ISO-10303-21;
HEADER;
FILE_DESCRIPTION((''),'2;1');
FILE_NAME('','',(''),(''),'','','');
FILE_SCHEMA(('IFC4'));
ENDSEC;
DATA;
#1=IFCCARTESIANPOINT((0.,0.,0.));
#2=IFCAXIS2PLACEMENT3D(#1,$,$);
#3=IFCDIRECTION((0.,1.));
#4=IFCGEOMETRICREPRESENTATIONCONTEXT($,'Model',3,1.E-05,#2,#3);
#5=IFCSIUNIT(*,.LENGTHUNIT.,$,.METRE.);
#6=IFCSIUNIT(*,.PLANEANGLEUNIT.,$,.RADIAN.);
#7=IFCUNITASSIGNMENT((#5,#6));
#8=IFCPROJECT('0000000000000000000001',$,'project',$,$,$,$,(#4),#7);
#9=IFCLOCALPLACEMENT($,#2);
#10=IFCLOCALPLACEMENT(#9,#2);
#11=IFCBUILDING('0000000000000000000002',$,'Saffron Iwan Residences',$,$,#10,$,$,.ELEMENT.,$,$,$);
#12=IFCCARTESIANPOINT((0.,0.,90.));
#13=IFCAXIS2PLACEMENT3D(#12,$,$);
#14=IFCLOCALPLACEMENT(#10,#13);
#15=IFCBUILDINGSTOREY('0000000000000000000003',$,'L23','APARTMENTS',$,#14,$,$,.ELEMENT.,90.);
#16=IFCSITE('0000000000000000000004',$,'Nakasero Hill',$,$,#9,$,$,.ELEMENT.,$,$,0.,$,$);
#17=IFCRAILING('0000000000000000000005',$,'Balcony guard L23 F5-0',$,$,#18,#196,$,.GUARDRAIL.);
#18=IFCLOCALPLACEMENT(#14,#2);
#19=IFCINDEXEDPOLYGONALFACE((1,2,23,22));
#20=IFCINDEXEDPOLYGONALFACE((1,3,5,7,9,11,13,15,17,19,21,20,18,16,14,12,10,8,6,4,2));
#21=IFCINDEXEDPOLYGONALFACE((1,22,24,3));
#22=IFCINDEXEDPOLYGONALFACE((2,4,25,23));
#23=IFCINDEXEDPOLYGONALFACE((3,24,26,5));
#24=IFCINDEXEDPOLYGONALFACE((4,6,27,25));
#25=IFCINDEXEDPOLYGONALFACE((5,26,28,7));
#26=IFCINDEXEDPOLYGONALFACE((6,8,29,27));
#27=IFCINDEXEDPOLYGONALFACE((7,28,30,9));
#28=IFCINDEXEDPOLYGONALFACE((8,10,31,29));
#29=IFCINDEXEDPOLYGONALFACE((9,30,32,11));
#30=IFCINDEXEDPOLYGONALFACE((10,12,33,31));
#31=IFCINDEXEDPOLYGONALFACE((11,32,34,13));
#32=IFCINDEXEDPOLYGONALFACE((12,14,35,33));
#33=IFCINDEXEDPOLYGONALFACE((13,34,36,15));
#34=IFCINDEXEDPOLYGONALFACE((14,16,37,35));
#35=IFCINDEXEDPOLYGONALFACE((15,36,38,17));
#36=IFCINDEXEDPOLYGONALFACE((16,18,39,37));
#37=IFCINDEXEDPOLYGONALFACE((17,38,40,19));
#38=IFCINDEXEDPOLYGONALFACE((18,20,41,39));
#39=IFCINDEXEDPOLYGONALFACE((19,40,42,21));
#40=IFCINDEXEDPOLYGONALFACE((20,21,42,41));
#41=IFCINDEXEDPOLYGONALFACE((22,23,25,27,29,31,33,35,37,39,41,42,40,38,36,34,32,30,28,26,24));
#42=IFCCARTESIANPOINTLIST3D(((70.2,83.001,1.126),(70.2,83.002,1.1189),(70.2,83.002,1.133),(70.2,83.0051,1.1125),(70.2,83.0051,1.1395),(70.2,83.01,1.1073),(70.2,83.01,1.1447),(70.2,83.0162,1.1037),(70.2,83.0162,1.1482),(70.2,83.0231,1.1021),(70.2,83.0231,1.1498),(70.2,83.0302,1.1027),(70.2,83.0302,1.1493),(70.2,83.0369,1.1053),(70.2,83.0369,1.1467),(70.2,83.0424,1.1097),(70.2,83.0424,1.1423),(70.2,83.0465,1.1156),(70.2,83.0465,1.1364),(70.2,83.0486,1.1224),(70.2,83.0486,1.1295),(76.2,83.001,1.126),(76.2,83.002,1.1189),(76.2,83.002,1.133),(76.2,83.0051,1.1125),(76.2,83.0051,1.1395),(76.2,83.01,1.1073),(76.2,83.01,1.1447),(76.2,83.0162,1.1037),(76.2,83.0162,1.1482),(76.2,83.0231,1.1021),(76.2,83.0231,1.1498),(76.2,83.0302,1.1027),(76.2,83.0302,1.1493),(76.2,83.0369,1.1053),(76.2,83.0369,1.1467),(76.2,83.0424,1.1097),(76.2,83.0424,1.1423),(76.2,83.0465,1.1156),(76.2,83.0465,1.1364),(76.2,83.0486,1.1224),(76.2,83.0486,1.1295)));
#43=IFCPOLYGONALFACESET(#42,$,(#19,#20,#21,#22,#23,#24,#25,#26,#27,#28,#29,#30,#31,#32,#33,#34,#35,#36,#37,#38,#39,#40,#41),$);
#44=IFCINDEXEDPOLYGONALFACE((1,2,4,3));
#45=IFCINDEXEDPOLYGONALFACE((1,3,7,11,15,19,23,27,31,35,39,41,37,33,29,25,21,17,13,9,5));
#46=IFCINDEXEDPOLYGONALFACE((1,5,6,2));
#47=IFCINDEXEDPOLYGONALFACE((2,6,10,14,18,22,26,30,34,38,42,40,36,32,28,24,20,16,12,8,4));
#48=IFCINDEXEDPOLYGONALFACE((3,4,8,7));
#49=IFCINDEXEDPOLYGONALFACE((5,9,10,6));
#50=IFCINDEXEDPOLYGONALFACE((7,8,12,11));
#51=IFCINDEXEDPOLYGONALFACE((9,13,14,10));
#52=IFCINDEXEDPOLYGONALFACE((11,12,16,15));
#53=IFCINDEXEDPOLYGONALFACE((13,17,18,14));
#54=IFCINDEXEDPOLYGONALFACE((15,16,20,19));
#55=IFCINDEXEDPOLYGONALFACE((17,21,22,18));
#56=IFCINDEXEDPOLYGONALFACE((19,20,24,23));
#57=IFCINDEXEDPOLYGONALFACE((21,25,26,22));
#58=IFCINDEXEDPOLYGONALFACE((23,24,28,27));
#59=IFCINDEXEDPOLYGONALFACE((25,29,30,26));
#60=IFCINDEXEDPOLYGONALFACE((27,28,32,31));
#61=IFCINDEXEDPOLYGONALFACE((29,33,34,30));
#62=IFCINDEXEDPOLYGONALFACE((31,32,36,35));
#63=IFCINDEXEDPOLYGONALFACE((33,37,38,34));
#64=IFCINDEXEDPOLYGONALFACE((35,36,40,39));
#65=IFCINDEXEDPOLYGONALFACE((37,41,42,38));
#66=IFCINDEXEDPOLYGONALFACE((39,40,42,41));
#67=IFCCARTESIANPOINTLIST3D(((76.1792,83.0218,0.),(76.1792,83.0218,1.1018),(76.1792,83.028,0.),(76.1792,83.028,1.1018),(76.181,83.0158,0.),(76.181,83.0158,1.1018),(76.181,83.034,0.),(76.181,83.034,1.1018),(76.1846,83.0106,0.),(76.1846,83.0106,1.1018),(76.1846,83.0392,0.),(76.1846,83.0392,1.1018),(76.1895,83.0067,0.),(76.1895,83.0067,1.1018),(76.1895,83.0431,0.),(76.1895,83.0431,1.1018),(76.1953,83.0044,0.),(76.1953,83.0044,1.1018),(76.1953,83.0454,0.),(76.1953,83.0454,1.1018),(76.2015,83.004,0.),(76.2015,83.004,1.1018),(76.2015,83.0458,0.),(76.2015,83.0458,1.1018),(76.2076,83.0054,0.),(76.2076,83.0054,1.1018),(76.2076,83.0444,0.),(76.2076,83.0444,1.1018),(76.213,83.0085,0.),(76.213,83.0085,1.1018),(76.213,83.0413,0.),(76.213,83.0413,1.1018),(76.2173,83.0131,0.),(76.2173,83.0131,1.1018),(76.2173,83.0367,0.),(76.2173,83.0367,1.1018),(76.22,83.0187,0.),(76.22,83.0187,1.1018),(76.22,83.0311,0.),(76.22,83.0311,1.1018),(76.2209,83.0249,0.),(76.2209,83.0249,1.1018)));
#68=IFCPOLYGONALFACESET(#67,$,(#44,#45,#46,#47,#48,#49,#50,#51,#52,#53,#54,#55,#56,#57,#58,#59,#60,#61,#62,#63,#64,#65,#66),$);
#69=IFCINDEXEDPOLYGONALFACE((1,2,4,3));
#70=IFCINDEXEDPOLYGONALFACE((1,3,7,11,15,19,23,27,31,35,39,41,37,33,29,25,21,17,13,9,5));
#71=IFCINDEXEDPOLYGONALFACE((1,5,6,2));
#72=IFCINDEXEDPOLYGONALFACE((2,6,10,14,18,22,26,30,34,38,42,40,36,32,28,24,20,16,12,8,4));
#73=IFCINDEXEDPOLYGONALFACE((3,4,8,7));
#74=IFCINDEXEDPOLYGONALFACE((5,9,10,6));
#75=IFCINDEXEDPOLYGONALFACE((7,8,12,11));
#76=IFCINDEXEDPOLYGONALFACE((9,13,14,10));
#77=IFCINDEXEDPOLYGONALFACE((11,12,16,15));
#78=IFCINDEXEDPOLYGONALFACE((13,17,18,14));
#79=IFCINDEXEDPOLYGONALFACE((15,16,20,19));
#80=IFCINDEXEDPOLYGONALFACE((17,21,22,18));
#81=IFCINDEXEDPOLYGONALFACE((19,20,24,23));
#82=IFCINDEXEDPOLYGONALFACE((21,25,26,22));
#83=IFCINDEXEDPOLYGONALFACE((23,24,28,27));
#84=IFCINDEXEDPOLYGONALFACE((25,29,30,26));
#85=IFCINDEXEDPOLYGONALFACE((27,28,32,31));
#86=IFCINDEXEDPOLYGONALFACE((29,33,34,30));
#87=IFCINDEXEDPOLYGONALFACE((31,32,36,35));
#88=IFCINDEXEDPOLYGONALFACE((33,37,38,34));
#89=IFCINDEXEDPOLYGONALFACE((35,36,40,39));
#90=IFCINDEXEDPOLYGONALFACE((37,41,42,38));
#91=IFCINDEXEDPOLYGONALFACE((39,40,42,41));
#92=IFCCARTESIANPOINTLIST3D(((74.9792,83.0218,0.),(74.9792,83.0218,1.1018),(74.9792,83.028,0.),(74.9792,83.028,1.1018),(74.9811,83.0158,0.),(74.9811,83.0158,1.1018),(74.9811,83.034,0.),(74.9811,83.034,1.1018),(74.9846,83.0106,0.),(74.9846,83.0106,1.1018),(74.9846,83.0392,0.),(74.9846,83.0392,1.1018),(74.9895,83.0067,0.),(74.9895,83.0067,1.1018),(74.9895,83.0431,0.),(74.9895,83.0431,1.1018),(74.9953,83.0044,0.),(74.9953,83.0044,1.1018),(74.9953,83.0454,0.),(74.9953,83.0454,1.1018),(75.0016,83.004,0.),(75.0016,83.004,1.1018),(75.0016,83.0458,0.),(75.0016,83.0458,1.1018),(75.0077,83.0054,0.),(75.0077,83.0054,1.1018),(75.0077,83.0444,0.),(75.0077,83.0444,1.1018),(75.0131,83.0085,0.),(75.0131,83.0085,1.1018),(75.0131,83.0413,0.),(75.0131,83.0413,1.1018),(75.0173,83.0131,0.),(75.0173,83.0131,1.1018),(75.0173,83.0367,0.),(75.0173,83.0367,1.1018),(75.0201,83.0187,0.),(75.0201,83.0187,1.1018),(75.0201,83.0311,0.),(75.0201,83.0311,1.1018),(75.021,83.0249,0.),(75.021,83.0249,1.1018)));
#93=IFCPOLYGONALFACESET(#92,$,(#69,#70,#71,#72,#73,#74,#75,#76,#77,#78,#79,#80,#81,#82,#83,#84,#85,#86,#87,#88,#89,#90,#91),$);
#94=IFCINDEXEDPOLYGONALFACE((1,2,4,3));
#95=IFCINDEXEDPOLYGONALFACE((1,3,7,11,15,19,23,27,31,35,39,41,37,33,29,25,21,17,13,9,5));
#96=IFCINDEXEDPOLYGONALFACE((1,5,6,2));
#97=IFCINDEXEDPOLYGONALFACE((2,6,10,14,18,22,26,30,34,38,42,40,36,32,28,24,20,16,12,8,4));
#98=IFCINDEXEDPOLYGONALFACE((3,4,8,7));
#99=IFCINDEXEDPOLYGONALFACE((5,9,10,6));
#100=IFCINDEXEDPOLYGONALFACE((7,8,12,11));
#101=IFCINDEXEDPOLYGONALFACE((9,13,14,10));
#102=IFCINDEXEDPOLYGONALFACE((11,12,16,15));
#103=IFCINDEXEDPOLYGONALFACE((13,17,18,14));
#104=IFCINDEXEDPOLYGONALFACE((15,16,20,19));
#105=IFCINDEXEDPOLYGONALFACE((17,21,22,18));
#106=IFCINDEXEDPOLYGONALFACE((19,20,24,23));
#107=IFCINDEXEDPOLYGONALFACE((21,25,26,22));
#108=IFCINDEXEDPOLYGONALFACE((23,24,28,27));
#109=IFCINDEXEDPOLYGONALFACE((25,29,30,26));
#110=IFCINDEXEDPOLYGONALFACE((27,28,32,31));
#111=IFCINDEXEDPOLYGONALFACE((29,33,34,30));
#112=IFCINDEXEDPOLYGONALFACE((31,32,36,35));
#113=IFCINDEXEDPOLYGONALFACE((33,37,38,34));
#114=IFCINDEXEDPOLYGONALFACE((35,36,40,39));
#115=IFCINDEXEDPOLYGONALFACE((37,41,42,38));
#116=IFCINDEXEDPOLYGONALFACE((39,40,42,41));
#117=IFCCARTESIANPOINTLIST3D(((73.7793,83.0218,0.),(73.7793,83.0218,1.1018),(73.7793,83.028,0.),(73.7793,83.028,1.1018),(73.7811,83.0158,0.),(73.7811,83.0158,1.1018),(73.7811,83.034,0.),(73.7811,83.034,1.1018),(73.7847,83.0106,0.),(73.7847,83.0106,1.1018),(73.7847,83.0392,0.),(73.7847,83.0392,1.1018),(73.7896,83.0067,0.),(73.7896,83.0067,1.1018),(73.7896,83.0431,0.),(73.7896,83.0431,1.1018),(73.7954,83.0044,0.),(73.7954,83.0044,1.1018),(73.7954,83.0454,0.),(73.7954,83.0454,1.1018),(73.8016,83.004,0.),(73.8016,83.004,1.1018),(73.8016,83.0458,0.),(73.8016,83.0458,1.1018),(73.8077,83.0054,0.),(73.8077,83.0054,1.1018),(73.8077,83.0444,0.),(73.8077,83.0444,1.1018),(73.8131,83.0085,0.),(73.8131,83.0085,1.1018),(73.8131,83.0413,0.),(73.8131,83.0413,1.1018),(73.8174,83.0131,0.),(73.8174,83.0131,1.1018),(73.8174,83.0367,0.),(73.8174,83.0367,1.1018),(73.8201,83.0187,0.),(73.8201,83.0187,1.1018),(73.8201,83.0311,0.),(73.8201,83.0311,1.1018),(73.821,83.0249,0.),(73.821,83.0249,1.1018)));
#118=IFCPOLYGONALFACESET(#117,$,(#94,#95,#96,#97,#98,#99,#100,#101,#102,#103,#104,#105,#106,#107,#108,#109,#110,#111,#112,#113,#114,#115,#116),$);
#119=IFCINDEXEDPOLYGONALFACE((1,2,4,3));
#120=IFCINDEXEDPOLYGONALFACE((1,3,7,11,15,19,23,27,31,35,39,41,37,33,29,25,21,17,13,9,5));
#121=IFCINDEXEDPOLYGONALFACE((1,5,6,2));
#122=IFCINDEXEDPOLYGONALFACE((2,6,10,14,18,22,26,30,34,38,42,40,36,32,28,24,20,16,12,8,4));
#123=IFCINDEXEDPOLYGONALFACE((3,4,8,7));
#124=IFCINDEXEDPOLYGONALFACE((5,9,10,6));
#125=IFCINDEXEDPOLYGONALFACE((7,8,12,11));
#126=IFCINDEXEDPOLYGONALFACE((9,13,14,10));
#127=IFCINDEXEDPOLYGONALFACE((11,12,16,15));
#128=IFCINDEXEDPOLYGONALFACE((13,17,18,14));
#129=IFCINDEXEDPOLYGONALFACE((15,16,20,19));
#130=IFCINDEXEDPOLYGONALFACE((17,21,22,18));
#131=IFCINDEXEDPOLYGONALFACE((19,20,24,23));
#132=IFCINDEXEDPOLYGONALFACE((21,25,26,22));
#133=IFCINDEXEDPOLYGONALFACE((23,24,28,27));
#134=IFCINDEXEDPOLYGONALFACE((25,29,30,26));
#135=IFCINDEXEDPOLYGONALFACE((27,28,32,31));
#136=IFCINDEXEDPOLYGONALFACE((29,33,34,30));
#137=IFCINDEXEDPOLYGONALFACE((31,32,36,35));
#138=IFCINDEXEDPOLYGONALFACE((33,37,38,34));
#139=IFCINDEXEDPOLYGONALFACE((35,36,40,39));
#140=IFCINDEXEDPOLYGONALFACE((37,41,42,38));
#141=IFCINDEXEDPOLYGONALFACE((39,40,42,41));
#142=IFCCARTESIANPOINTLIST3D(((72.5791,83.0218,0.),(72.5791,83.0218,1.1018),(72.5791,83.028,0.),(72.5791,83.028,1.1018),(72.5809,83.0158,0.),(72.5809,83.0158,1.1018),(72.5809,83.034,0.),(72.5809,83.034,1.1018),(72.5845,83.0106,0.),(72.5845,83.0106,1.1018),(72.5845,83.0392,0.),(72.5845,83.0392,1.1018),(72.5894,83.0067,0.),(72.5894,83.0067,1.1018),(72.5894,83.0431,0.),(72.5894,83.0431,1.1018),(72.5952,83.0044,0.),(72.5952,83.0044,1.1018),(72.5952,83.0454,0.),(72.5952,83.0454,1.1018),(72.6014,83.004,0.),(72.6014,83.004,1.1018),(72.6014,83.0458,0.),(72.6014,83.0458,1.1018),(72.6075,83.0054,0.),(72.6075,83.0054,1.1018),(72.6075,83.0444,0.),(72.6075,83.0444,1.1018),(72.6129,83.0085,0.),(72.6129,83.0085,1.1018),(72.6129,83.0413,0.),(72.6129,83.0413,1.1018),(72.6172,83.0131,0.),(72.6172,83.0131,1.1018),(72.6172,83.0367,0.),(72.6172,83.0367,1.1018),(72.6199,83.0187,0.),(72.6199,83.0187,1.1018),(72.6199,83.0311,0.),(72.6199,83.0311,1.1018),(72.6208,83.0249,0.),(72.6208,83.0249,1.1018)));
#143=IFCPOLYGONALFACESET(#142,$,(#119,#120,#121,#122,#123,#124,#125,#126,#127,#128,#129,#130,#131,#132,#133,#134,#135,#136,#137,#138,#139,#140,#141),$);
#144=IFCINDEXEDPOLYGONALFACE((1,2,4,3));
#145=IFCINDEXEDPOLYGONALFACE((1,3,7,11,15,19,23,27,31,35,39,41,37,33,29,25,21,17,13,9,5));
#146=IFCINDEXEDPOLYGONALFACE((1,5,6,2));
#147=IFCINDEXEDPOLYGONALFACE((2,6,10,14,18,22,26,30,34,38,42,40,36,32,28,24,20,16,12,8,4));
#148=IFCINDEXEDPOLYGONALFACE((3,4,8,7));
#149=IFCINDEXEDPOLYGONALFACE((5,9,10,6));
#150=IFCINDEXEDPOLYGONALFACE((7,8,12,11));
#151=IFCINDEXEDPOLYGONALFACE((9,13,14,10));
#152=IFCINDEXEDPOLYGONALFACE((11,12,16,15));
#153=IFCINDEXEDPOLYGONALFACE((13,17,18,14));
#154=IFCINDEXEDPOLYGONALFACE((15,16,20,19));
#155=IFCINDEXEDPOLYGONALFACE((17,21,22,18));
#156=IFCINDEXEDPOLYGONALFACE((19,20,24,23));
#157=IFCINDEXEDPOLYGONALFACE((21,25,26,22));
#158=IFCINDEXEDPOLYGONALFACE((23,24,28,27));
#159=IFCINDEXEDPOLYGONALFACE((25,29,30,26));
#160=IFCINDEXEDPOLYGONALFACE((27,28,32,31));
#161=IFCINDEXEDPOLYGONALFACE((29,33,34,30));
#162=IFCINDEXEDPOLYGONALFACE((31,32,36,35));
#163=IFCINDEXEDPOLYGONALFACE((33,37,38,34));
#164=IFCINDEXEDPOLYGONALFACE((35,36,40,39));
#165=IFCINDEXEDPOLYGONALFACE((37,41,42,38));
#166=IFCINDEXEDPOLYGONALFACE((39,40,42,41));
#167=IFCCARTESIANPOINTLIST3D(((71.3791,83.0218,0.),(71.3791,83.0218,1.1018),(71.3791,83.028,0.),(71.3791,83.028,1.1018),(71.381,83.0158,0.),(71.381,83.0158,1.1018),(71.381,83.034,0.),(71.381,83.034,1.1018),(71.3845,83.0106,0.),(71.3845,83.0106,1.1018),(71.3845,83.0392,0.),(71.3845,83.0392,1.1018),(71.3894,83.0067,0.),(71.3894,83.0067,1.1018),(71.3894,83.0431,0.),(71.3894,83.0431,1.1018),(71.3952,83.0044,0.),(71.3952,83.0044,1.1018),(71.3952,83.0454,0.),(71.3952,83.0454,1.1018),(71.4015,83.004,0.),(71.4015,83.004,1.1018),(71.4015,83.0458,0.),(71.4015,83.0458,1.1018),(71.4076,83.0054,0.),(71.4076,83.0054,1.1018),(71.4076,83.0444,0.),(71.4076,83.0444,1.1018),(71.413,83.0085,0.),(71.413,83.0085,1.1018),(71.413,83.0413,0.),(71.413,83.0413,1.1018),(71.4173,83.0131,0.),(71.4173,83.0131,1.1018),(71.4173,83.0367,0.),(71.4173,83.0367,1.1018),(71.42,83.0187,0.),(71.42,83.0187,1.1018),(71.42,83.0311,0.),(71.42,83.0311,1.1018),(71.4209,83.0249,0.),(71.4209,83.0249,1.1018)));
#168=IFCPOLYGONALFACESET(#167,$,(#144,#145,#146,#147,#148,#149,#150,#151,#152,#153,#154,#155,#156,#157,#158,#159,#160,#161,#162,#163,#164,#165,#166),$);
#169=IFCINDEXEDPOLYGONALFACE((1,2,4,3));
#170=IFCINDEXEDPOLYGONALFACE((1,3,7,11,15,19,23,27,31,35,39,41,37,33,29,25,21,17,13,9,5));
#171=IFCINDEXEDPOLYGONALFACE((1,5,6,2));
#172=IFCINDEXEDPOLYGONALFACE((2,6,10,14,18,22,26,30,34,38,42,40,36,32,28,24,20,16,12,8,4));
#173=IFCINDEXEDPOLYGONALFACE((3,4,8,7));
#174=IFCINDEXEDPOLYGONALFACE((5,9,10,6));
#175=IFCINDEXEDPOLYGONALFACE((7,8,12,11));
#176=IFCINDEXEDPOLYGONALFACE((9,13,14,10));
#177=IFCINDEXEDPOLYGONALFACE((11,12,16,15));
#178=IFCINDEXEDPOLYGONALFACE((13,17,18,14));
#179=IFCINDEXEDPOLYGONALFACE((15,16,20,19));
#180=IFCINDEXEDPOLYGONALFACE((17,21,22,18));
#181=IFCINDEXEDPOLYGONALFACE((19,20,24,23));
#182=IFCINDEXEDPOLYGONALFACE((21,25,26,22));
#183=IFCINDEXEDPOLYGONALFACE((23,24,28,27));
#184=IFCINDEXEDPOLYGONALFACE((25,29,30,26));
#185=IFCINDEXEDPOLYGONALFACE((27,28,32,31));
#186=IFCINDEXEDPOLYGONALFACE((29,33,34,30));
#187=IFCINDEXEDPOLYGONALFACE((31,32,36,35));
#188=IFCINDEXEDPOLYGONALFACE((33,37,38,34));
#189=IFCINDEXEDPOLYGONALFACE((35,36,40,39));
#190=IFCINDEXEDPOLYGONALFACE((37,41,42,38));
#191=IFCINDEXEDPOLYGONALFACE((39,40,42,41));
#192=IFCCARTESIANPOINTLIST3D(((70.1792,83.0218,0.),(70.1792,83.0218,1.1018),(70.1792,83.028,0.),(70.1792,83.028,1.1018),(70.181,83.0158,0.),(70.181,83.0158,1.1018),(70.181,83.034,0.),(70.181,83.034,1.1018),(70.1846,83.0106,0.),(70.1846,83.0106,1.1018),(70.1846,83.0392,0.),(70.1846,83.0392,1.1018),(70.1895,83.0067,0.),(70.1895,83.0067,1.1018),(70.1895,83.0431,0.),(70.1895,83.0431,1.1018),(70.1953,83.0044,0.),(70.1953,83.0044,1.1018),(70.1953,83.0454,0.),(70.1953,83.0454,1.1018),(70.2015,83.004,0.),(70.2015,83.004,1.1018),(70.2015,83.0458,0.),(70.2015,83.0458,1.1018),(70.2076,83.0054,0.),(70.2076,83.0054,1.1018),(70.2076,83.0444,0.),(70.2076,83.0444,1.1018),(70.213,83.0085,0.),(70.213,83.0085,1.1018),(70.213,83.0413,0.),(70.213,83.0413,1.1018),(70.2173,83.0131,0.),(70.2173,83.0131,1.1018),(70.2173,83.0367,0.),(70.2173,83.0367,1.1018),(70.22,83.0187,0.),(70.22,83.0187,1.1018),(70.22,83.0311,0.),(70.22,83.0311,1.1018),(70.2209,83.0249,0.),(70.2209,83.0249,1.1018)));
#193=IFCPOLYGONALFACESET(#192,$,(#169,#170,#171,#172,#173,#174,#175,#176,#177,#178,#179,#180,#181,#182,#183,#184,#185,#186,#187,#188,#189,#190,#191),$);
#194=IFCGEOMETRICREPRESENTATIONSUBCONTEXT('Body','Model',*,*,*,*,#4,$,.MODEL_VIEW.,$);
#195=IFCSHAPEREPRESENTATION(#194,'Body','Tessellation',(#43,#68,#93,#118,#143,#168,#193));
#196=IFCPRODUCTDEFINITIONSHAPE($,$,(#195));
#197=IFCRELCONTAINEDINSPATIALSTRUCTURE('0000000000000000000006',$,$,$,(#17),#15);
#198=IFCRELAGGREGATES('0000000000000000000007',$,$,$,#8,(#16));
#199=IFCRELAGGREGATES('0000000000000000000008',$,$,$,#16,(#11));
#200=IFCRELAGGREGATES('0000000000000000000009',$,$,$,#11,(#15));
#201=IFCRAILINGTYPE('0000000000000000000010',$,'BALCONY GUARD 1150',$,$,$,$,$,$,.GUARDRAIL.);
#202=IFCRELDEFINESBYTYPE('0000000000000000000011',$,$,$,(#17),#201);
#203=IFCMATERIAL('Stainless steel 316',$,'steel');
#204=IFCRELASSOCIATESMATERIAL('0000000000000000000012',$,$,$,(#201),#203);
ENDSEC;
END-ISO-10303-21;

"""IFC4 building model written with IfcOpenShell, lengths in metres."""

from ifc_helpers import new_model, si_unit, direction, frame, origin, origin_2d, place, context, subcontext, project, spatial, circle, extrude, material, type_object, element, save


model = new_model("IFC4")

# Units and contexts
model_context = context("Model", 3, precision=1e-05, world=origin(), true_north=direction((0.0, 1.0)))
body_context = subcontext(model_context, "Body", "Model", "MODEL_VIEW")
ifc_project = project(units=[si_unit("LENGTHUNIT", "METRE"), si_unit("PLANEANGLEUNIT", "RADIAN")], contexts=[model_context])

# Site, building, storey
site_placement = place(None, origin())
site = spatial("IfcSite", under=ifc_project, at=site_placement, Name="Nakasero Hill", CompositionType="ELEMENT", RefElevation=0.0)
building_placement = place(site_placement, origin())
building = spatial("IfcBuilding", under=site, at=building_placement, Name="Saffron Iwan Residences", CompositionType="ELEMENT")
storey_placement = place(building_placement, frame((0.0, 0.0, 90.0)))
storey = spatial("IfcBuildingStorey", under=building, at=storey_placement, Name="L23", Description="APARTMENTS", CompositionType="ELEMENT", Elevation=90.0)

# Railing
ifc_material_1 = material(Name="Stainless steel 316", Category="steel")
railing_type = type_object("IfcRailingType", Name="BALCONY GUARD 1150", PredefinedType="GUARDRAIL", material=ifc_material_1)
railing_placement = place(storey_placement, frame((76.2, 83.0249, 0.0)))
element("IfcRailing", 1, at=railing_placement, inside=storey, type_object=railing_type, Name="Balcony guard L23 F5-0", PredefinedType="GUARDRAIL", context=body_context, shape_type="SweptSolid", body=[
    extrude(circle(Radius=0.0239, at=origin_2d()), frame((0.0, 0.0, 1.126), z_axis=(-1.0, 0.0, 0.0), x_axis=(0.0, -1.0, 0.0)), (0.0, 0.0, 1.0), 6.0),
    extrude(circle(Radius=0.021, at=origin_2d()), origin(), (0.0, 0.0, 1.0), 1.1018),
    extrude(circle(Radius=0.021, at=origin_2d()), frame((-1.2, 0.0, 0.0)), (0.0, 0.0, 1.0), 1.1018),
    extrude(circle(Radius=0.021, at=origin_2d()), frame((-2.3999, 0.0, 0.0)), (0.0, 0.0, 1.0), 1.1018),
    extrude(circle(Radius=0.021, at=origin_2d()), frame((-3.6001, 0.0, 0.0)), (0.0, 0.0, 1.0), 1.1018),
    extrude(circle(Radius=0.021, at=origin_2d()), frame((-4.8, 0.0, 0.0)), (0.0, 0.0, 1.0), 1.1018),
    extrude(circle(Radius=0.021, at=origin_2d()), frame((-6.0, 0.0, 0.0)), (0.0, 0.0, 1.0), 1.1018),
])

save(model, "model.ifc")
